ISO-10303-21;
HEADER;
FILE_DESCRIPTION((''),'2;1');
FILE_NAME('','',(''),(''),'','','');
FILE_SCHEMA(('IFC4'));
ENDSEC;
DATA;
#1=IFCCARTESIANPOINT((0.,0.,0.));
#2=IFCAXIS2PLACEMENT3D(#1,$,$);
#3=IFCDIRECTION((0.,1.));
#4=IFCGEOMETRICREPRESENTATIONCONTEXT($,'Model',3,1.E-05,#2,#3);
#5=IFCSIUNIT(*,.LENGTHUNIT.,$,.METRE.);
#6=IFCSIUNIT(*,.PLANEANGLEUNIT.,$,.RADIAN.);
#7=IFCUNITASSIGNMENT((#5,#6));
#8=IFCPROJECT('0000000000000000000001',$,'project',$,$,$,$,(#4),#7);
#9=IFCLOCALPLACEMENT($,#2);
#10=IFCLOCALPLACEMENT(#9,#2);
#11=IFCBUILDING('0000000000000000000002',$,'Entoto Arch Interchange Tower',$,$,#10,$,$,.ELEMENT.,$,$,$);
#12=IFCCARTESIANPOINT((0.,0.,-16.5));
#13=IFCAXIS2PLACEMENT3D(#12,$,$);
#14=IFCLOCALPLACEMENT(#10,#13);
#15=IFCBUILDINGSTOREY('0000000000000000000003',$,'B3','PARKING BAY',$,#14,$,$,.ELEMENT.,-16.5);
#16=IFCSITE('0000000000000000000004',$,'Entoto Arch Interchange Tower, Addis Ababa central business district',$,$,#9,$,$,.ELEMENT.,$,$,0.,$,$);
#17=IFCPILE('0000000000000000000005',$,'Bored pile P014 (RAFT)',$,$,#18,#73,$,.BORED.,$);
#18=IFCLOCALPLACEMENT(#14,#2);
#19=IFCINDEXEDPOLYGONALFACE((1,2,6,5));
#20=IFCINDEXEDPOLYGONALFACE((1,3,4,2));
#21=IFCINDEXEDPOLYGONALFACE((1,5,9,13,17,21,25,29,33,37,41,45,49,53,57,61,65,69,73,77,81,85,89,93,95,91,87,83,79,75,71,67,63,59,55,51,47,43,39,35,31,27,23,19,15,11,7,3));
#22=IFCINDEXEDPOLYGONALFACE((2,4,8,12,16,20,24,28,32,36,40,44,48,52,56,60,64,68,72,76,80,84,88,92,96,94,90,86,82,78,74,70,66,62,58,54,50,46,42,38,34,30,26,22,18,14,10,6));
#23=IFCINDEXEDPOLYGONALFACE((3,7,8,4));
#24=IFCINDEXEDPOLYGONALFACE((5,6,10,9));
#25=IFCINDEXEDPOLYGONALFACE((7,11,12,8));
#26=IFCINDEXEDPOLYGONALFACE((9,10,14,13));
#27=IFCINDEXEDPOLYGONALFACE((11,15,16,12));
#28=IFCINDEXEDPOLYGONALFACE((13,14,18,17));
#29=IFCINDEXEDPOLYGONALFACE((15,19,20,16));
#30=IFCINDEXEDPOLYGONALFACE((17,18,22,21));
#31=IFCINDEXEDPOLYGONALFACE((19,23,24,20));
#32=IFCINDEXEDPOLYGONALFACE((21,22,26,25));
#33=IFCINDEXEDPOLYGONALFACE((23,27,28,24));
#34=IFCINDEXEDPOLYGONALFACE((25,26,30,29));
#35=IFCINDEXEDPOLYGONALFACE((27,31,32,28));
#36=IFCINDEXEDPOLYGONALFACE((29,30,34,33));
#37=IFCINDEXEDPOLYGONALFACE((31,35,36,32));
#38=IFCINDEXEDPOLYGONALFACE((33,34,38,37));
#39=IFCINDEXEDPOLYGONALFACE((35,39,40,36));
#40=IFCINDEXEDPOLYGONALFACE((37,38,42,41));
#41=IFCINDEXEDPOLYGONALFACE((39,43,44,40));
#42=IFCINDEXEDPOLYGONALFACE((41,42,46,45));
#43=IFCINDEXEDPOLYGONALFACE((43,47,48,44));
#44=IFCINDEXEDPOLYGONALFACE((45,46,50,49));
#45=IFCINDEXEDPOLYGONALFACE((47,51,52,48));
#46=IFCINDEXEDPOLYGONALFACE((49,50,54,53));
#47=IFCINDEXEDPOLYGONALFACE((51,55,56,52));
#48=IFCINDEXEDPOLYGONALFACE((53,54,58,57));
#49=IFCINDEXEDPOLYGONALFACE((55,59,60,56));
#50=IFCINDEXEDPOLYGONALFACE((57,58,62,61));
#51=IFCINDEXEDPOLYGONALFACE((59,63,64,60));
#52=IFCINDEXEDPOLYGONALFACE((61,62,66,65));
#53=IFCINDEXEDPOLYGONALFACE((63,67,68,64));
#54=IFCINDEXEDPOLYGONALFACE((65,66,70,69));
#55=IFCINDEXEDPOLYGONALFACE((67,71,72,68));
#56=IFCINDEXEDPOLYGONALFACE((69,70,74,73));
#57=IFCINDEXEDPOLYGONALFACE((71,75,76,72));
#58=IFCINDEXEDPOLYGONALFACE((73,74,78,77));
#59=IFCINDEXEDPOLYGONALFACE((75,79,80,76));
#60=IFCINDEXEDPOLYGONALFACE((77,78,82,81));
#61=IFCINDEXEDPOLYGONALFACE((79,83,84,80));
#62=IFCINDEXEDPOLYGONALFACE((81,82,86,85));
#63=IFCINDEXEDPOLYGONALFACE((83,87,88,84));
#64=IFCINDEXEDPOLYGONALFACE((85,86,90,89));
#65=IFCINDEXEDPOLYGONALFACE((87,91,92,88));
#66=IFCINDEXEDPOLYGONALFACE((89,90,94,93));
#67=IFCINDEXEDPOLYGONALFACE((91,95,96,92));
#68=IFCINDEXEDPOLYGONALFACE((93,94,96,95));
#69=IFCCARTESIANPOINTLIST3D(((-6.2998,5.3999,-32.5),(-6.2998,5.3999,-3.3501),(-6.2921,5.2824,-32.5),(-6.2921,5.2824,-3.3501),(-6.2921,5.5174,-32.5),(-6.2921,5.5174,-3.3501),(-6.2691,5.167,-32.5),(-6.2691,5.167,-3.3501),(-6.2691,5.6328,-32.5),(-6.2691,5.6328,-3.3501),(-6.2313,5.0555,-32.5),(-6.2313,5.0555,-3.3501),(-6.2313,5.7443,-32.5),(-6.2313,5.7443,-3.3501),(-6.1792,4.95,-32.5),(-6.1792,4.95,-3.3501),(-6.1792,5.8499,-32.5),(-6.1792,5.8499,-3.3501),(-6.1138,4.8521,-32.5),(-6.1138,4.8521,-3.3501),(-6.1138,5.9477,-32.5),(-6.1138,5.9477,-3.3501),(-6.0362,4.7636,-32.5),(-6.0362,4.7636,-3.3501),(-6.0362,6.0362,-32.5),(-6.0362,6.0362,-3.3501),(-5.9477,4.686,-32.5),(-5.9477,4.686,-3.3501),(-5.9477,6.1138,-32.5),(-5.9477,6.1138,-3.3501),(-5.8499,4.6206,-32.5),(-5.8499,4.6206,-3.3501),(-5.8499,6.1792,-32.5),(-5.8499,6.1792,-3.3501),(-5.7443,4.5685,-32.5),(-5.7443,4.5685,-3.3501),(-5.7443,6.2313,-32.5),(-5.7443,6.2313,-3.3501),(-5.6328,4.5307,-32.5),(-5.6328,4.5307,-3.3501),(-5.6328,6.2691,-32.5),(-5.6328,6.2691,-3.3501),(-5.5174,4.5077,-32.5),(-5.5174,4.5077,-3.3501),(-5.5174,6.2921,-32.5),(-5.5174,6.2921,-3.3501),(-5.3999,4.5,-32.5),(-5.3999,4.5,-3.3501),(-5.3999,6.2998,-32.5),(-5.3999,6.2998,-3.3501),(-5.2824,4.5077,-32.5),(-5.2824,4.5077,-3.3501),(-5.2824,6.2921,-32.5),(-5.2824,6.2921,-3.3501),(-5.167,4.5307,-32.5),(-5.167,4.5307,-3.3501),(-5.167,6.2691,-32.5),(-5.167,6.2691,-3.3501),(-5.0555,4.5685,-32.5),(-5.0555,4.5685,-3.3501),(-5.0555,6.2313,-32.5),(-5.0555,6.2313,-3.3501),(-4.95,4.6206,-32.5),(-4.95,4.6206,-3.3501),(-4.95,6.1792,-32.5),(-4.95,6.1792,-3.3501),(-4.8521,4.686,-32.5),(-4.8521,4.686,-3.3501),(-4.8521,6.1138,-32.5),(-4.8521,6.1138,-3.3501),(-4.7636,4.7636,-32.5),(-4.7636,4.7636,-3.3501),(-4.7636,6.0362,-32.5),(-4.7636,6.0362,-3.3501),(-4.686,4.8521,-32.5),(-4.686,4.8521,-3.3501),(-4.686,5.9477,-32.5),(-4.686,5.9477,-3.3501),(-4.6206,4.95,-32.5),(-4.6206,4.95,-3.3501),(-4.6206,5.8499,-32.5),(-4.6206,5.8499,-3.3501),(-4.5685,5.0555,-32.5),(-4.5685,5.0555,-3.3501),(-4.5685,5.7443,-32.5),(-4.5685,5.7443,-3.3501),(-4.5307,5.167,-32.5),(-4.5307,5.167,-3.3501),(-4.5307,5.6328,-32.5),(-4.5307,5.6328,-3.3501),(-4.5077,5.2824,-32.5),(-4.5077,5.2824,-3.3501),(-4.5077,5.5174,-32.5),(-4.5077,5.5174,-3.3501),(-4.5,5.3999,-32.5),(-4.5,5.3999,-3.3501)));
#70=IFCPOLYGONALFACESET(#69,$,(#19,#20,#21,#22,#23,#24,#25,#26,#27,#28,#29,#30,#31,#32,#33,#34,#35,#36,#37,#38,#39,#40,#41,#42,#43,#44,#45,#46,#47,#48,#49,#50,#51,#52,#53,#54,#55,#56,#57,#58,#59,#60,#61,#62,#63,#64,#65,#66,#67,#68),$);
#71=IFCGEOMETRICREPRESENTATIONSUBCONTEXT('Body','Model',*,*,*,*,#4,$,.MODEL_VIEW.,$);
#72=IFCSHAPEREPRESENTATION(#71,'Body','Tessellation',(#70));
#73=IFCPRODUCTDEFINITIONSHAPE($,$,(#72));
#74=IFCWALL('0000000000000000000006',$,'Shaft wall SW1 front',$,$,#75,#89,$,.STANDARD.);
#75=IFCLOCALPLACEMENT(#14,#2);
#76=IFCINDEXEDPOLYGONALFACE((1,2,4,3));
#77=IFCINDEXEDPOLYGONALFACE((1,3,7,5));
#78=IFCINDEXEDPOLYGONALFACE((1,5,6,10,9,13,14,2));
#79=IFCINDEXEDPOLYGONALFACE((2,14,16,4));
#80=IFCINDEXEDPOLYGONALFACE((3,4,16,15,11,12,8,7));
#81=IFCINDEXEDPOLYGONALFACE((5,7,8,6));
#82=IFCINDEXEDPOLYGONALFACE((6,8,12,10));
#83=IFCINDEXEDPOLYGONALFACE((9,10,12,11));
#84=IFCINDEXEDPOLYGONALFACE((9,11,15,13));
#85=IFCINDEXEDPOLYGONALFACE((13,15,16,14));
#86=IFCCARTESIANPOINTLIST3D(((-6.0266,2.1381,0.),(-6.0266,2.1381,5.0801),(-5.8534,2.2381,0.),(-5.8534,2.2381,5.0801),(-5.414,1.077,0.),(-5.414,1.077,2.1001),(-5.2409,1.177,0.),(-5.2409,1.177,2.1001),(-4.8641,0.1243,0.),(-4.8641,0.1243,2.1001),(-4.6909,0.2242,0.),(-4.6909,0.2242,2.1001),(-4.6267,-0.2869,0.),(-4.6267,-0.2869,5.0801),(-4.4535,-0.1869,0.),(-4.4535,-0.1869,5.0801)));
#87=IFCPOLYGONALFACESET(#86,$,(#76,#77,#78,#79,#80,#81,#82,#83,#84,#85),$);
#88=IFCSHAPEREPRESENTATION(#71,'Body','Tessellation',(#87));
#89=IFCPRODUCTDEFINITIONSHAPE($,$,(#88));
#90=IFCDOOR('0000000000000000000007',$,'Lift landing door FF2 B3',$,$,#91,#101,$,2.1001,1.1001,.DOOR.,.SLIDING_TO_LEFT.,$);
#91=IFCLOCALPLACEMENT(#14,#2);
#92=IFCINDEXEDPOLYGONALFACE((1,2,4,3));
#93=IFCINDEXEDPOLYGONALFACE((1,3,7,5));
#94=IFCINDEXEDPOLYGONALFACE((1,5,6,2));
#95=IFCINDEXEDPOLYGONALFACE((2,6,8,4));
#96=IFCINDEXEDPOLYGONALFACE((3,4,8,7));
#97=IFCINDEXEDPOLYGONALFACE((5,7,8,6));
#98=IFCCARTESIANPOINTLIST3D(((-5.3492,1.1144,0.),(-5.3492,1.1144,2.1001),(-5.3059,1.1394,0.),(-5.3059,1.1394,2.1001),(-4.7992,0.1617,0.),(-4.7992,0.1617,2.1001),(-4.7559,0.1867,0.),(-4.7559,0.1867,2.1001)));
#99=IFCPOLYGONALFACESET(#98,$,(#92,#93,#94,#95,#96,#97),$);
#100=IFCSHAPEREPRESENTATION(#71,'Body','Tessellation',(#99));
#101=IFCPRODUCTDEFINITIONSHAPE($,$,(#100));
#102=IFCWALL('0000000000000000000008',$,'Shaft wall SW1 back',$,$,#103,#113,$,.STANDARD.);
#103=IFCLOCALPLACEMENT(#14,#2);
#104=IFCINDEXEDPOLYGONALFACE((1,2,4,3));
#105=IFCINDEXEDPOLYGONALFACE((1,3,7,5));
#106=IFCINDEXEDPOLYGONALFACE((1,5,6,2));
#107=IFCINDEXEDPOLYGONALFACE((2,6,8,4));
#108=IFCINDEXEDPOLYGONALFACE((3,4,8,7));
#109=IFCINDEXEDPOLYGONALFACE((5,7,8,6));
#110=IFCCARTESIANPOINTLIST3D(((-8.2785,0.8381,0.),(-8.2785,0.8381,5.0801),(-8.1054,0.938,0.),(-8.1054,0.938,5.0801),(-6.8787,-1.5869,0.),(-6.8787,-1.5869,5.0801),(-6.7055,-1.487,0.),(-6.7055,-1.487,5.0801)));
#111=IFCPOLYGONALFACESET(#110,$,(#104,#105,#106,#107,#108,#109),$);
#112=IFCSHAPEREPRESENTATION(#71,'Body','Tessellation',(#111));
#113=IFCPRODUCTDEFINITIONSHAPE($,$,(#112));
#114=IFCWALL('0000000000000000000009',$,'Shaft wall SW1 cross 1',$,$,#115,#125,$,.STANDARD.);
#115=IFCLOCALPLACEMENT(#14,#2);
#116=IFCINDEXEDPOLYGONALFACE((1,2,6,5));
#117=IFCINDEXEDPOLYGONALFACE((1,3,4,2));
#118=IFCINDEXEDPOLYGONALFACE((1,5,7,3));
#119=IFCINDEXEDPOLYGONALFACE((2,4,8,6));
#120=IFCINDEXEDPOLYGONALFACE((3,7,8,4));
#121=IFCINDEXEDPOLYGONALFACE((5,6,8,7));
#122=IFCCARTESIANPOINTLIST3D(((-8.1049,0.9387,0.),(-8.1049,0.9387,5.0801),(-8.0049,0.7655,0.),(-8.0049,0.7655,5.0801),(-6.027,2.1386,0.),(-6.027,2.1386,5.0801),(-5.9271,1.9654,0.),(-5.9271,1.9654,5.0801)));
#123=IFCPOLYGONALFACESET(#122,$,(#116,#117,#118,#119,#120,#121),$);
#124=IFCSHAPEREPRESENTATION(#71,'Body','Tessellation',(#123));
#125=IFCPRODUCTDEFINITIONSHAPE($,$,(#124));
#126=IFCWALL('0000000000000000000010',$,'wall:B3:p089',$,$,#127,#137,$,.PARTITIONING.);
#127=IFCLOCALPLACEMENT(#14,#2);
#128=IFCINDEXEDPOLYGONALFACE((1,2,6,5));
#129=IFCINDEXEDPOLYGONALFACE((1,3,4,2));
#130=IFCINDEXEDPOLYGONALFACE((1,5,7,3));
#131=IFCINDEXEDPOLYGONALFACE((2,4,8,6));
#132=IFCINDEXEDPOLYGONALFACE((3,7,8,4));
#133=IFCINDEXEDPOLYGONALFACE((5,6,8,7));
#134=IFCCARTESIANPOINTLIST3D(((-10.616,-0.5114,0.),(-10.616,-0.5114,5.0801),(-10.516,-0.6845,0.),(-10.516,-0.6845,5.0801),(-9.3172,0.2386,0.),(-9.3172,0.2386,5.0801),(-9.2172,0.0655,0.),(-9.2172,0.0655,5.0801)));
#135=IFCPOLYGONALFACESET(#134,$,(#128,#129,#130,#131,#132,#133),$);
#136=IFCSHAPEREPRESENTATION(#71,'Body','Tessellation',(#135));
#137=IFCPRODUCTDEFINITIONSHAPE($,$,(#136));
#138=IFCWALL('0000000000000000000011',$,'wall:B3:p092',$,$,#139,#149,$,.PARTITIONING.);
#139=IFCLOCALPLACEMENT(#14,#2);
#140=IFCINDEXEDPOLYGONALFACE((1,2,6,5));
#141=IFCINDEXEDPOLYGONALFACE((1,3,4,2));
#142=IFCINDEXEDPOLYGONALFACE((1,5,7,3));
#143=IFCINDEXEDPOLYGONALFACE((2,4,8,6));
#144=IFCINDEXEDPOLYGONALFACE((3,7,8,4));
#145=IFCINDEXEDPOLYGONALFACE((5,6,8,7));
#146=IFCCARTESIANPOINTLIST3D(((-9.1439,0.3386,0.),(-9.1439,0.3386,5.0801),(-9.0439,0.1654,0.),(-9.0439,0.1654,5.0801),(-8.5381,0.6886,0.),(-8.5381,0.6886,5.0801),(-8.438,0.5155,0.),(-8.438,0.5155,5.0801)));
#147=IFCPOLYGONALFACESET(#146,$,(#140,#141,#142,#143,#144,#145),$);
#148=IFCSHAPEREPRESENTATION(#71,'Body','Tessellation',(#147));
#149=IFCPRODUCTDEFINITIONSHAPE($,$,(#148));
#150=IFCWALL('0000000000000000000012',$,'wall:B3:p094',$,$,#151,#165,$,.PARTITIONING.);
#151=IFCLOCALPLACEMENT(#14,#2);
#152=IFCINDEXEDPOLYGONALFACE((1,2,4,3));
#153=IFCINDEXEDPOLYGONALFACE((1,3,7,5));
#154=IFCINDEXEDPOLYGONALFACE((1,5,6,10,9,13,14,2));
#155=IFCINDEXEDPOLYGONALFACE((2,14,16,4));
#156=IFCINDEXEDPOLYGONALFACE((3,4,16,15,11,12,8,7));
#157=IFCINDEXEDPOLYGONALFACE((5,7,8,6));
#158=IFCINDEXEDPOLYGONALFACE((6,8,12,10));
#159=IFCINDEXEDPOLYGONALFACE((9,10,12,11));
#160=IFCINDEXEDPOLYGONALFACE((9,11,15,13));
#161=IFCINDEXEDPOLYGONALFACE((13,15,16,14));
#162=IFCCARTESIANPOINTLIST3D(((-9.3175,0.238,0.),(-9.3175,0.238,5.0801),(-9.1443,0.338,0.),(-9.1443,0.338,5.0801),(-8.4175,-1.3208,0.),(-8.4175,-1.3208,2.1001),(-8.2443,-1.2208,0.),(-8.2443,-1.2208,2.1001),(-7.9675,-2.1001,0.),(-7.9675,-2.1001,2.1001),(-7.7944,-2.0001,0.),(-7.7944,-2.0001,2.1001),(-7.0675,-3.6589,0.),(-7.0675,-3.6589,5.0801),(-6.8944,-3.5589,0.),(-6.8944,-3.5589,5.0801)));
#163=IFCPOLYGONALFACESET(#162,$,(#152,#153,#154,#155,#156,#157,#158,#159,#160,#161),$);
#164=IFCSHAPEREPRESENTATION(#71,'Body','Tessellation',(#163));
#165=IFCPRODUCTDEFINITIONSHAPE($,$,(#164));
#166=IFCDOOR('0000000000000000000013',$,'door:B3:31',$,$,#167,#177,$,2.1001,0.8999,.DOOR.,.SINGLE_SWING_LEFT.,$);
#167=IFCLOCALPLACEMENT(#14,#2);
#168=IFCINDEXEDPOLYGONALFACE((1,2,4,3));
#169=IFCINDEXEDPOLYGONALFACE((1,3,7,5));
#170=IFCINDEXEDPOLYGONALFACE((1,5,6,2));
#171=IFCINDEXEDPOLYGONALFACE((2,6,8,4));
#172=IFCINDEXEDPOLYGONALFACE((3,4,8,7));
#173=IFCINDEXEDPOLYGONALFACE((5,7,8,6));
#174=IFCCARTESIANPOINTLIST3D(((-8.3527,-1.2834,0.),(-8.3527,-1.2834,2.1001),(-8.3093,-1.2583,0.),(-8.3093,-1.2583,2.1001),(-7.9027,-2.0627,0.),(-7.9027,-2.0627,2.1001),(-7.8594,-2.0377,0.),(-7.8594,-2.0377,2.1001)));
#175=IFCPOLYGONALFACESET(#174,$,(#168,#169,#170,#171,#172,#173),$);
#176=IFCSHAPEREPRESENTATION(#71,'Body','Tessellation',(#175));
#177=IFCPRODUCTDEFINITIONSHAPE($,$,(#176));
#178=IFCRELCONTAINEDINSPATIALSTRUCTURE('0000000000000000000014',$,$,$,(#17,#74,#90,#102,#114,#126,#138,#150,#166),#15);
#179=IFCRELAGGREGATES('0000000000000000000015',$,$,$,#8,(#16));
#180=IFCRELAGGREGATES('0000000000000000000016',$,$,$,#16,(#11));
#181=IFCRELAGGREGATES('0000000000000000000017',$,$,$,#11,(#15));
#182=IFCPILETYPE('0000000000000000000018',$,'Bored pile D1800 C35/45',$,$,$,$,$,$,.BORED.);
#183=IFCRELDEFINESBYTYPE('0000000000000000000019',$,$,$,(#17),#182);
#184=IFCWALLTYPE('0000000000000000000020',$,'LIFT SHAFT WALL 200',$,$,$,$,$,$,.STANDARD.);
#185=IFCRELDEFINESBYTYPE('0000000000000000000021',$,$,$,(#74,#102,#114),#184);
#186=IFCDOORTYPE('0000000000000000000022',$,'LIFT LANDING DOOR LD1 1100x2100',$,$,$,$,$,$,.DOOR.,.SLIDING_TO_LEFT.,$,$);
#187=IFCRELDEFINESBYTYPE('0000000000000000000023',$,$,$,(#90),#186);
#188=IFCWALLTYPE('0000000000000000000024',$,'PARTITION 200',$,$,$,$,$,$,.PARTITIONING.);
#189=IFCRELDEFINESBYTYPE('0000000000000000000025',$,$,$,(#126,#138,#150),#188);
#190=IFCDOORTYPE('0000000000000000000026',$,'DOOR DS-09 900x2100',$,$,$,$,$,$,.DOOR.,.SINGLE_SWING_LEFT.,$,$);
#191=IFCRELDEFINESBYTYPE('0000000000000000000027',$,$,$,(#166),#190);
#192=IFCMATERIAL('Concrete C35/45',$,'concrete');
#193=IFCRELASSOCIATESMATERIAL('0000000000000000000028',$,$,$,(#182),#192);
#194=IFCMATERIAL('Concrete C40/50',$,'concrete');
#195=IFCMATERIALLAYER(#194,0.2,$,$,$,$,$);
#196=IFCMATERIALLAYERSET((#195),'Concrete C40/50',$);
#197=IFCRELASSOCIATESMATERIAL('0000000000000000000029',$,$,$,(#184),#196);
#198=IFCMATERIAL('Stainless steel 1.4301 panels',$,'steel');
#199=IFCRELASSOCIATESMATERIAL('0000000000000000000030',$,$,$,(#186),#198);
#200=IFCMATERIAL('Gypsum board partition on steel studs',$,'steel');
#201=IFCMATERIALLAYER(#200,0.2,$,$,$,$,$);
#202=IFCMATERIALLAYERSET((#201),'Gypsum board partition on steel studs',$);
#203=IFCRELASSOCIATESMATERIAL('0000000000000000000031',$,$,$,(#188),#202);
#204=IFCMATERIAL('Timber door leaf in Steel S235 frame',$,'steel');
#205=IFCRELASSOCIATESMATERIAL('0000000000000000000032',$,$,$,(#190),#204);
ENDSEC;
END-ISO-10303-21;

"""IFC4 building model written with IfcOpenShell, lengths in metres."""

from ifc_helpers import new_model, si_unit, direction, frame, frame_2d, origin, origin_2d, place, context, subcontext, project, spatial, rectangle, circle, extrude, material, layer, layer_set, material_profile, profile_set, type_object, element, fill, save


model = new_model("IFC4")

# Units and contexts
model_context = context("Model", 3, precision=1e-05, world=origin(), true_north=direction((0.0, 1.0)))
body_context = subcontext(model_context, "Body", "Model", "MODEL_VIEW")
ifc_project = project(units=[si_unit("LENGTHUNIT", "METRE"), si_unit("PLANEANGLEUNIT", "RADIAN")], contexts=[model_context])

# Site, building, storey
site_placement = place(None, origin())
site = spatial("IfcSite", under=ifc_project, at=site_placement, Name="Entoto Arch Interchange Tower, Addis Ababa central business district", CompositionType="ELEMENT", RefElevation=0.0)
building_placement = place(site_placement, origin())
building = spatial("IfcBuilding", under=site, at=building_placement, Name="Entoto Arch Interchange Tower", CompositionType="ELEMENT")
storey_placement = place(building_placement, frame((0.0, 0.0, -16.5)))
storey = spatial("IfcBuildingStorey", under=building, at=storey_placement, Name="B3", Description="PARKING BAY", CompositionType="ELEMENT", Elevation=-16.5)

# Pile
ifc_material_1 = material(Name="Concrete C35/45", Category="concrete")
ifc_material_profile = material_profile(ifc_material_1, circle(Radius=0.8999, at=origin_2d()))
ifc_profile_set = profile_set([ifc_material_profile], Name="Concrete C35/45")
pile_type = type_object("IfcPileType", Name="Bored pile D1800 C35/45", PredefinedType="BORED", material=ifc_profile_set)
pile_placement = place(storey_placement, frame((-5.3999, 5.3999, -3.3501), z_axis=(0.0, 0.0, -1.0), x_axis=(1.0, 0.0, 0.0)))
element("IfcPile", 1, at=pile_placement, inside=storey, type_object=pile_type, Name="Bored pile P014 (RAFT)", PredefinedType="BORED", context=body_context, shape_type="SweptSolid", body=[
    extrude(circle(Radius=0.8999, at=origin_2d()), origin(), (0.0, 0.0, 1.0), 29.1499),
])

# Wall, opening, door
ifc_material_2 = material(Name="Concrete C40/50", Category="concrete")
ifc_layer_1 = layer(ifc_material_2, 0.2)
ifc_layer_set_1 = layer_set([ifc_layer_1], Name="Concrete C40/50")
wall_type_1 = type_object("IfcWallType", Name="LIFT SHAFT WALL 200", PredefinedType="STANDARD", material=ifc_layer_set_1)
wall_1_placement = place(storey_placement, frame((-5.9399, 2.188, 0.0), z_axis=(0.0, 0.0, 1.0), x_axis=(0.499946, -0.866056, 0.0)))
wall_1 = element("IfcWall", 2, at=wall_1_placement, inside=storey, type_object=wall_type_1, Name="Shaft wall SW1 front", PredefinedType="STANDARD", context=body_context, shape_type="SweptSolid", body=[
    extrude(rectangle(XDim=2.8, YDim=0.2, at=frame_2d((1.3999, 0.0))), origin(), (0.0, 0.0, 1.0), 5.0801),
])
opening_1_placement = place(wall_1_placement, frame((1.2251, 0.0, 0.0)))
opening_1 = element("IfcOpeningElement", 3, at=opening_1_placement, cuts=wall_1, PredefinedType="OPENING", context=body_context, shape_type="SweptSolid", body=[
    extrude(rectangle(XDim=1.1001, YDim=2.1001, at=frame_2d((0.55, 1.05))), frame((0.0, 0.1099, 0.0), z_axis=(0.0, -1.0, 0.0), x_axis=(1.0, 0.0, 0.0)), (0.0, 0.0, 1.0), 0.22),
])
ifc_material_3 = material(Name="Stainless steel 1.4301 panels", Category="steel")
door_type_1 = type_object("IfcDoorType", Name="LIFT LANDING DOOR LD1 1100x2100", OperationType="SLIDING_TO_LEFT", PredefinedType="DOOR", material=ifc_material_3)
door_1_placement = place(opening_1_placement, origin())
door_1 = element("IfcDoor", 4, at=door_1_placement, inside=storey, type_object=door_type_1, Name="Lift landing door FF2 B3", OperationType="SLIDING_TO_LEFT", OverallHeight=2.1001, OverallWidth=1.1001, PredefinedType="DOOR", context=body_context, shape_type="SweptSolid", body=[
    extrude(rectangle(XDim=1.1001, YDim=2.1001, at=frame_2d((0.55, 1.05))), frame((0.0, 0.0249, 0.0), z_axis=(0.0, -1.0, 0.0), x_axis=(1.0, 0.0, 0.0)), (0.0, 0.0, 1.0), 0.05),
])
fill(opening_1, door_1)

# Walls
wall_2_placement = place(storey_placement, frame((-8.1919, 0.8879, 0.0), z_axis=(0.0, 0.0, 1.0), x_axis=(0.499946, -0.866056, 0.0)))
element("IfcWall", 5, at=wall_2_placement, inside=storey, type_object=wall_type_1, Name="Shaft wall SW1 back", PredefinedType="STANDARD", context=body_context, shape_type="SweptSolid", body=[
    extrude(rectangle(XDim=2.8, YDim=0.2, at=frame_2d((1.3999, 0.0))), origin(), (0.0, 0.0, 1.0), 5.0801),
])
wall_3_placement = place(storey_placement, frame((-5.9771, 2.052, 0.0), z_axis=(0.0, 0.0, 1.0), x_axis=(-0.865974, -0.500089, 0.0)))
element("IfcWall", 6, at=wall_3_placement, inside=storey, type_object=wall_type_1, Name="Shaft wall SW1 cross 1", PredefinedType="STANDARD", context=body_context, shape_type="SweptSolid", body=[
    extrude(rectangle(XDim=2.3994, YDim=0.2, at=frame_2d((1.1997, 0.0))), origin(), (0.0, 0.0, 1.0), 5.0801),
])
ifc_material_4 = material(Name="Gypsum board partition on steel studs", Category="steel")
ifc_layer_2 = layer(ifc_material_4, 0.2)
ifc_layer_set_2 = layer_set([ifc_layer_2], Name="Gypsum board partition on steel studs")
wall_type_2 = type_object("IfcWallType", Name="PARTITION 200", PredefinedType="PARTITIONING", material=ifc_layer_set_2)
wall_4_placement = place(storey_placement, frame((-9.2671, 0.1521, 0.0), z_axis=(0.0, 0.0, 1.0), x_axis=(-0.86599, -0.500061, 0.0)))
element("IfcWall", 7, at=wall_4_placement, inside=storey, type_object=wall_type_2, Name="wall:B3:p089", PredefinedType="PARTITIONING", context=body_context, shape_type="SweptSolid", body=[
    extrude(rectangle(XDim=1.4998, YDim=0.2, at=frame_2d((0.75, 0.0))), origin(), (0.0, 0.0, 1.0), 5.0801),
])
wall_5_placement = place(storey_placement, frame((-8.488, 0.6021, 0.0), z_axis=(0.0, 0.0, 1.0), x_axis=(-0.865872, -0.500266, 0.0)))
element("IfcWall", 8, at=wall_5_placement, inside=storey, type_object=wall_type_2, Name="wall:B3:p092", PredefinedType="PARTITIONING", context=body_context, shape_type="SweptSolid", body=[
    extrude(rectangle(XDim=0.6997, YDim=0.2, at=frame_2d((0.3499, 0.0))), origin(), (0.0, 0.0, 1.0), 5.0801),
])

# Wall, opening, door
wall_6_placement = place(storey_placement, frame((-9.231, 0.2881, 0.0), z_axis=(0.0, 0.0, 1.0), x_axis=(0.500014, -0.866018, 0.0)))
wall_6 = element("IfcWall", 9, at=wall_6_placement, inside=storey, type_object=wall_type_2, Name="wall:B3:p094", PredefinedType="PARTITIONING", context=body_context, shape_type="SweptSolid", body=[
    extrude(rectangle(XDim=4.4998, YDim=0.2, at=frame_2d((2.25, 0.0))), origin(), (0.0, 0.0, 1.0), 5.0801),
])
opening_2_placement = place(wall_6_placement, frame((1.8, 0.0, 0.0)))
opening_2 = element("IfcOpeningElement", 10, at=opening_2_placement, cuts=wall_6, PredefinedType="OPENING", context=body_context, shape_type="SweptSolid", body=[
    extrude(rectangle(XDim=0.8999, YDim=2.1001, at=frame_2d((0.45, 1.05))), frame((0.0, 0.1099, 0.0), z_axis=(0.0, -1.0, 0.0), x_axis=(1.0, 0.0, 0.0)), (0.0, 0.0, 1.0), 0.22),
])
ifc_material_5 = material(Name="Timber door leaf in Steel S235 frame", Category="steel")
door_type_2 = type_object("IfcDoorType", Name="DOOR DS-09 900x2100", OperationType="SINGLE_SWING_LEFT", PredefinedType="DOOR", material=ifc_material_5)
door_2_placement = place(opening_2_placement, origin())
door_2 = element("IfcDoor", 11, at=door_2_placement, inside=storey, type_object=door_type_2, Name="door:B3:31", OperationType="SINGLE_SWING_LEFT", OverallHeight=2.1001, OverallWidth=0.8999, PredefinedType="DOOR", context=body_context, shape_type="SweptSolid", body=[
    extrude(rectangle(XDim=0.8999, YDim=2.1001, at=frame_2d((0.45, 1.05))), frame((0.0, 0.0249, 0.0), z_axis=(0.0, -1.0, 0.0), x_axis=(1.0, 0.0, 0.0)), (0.0, 0.0, 1.0), 0.05),
])
fill(opening_2, door_2)

save(model, "model.ifc")
